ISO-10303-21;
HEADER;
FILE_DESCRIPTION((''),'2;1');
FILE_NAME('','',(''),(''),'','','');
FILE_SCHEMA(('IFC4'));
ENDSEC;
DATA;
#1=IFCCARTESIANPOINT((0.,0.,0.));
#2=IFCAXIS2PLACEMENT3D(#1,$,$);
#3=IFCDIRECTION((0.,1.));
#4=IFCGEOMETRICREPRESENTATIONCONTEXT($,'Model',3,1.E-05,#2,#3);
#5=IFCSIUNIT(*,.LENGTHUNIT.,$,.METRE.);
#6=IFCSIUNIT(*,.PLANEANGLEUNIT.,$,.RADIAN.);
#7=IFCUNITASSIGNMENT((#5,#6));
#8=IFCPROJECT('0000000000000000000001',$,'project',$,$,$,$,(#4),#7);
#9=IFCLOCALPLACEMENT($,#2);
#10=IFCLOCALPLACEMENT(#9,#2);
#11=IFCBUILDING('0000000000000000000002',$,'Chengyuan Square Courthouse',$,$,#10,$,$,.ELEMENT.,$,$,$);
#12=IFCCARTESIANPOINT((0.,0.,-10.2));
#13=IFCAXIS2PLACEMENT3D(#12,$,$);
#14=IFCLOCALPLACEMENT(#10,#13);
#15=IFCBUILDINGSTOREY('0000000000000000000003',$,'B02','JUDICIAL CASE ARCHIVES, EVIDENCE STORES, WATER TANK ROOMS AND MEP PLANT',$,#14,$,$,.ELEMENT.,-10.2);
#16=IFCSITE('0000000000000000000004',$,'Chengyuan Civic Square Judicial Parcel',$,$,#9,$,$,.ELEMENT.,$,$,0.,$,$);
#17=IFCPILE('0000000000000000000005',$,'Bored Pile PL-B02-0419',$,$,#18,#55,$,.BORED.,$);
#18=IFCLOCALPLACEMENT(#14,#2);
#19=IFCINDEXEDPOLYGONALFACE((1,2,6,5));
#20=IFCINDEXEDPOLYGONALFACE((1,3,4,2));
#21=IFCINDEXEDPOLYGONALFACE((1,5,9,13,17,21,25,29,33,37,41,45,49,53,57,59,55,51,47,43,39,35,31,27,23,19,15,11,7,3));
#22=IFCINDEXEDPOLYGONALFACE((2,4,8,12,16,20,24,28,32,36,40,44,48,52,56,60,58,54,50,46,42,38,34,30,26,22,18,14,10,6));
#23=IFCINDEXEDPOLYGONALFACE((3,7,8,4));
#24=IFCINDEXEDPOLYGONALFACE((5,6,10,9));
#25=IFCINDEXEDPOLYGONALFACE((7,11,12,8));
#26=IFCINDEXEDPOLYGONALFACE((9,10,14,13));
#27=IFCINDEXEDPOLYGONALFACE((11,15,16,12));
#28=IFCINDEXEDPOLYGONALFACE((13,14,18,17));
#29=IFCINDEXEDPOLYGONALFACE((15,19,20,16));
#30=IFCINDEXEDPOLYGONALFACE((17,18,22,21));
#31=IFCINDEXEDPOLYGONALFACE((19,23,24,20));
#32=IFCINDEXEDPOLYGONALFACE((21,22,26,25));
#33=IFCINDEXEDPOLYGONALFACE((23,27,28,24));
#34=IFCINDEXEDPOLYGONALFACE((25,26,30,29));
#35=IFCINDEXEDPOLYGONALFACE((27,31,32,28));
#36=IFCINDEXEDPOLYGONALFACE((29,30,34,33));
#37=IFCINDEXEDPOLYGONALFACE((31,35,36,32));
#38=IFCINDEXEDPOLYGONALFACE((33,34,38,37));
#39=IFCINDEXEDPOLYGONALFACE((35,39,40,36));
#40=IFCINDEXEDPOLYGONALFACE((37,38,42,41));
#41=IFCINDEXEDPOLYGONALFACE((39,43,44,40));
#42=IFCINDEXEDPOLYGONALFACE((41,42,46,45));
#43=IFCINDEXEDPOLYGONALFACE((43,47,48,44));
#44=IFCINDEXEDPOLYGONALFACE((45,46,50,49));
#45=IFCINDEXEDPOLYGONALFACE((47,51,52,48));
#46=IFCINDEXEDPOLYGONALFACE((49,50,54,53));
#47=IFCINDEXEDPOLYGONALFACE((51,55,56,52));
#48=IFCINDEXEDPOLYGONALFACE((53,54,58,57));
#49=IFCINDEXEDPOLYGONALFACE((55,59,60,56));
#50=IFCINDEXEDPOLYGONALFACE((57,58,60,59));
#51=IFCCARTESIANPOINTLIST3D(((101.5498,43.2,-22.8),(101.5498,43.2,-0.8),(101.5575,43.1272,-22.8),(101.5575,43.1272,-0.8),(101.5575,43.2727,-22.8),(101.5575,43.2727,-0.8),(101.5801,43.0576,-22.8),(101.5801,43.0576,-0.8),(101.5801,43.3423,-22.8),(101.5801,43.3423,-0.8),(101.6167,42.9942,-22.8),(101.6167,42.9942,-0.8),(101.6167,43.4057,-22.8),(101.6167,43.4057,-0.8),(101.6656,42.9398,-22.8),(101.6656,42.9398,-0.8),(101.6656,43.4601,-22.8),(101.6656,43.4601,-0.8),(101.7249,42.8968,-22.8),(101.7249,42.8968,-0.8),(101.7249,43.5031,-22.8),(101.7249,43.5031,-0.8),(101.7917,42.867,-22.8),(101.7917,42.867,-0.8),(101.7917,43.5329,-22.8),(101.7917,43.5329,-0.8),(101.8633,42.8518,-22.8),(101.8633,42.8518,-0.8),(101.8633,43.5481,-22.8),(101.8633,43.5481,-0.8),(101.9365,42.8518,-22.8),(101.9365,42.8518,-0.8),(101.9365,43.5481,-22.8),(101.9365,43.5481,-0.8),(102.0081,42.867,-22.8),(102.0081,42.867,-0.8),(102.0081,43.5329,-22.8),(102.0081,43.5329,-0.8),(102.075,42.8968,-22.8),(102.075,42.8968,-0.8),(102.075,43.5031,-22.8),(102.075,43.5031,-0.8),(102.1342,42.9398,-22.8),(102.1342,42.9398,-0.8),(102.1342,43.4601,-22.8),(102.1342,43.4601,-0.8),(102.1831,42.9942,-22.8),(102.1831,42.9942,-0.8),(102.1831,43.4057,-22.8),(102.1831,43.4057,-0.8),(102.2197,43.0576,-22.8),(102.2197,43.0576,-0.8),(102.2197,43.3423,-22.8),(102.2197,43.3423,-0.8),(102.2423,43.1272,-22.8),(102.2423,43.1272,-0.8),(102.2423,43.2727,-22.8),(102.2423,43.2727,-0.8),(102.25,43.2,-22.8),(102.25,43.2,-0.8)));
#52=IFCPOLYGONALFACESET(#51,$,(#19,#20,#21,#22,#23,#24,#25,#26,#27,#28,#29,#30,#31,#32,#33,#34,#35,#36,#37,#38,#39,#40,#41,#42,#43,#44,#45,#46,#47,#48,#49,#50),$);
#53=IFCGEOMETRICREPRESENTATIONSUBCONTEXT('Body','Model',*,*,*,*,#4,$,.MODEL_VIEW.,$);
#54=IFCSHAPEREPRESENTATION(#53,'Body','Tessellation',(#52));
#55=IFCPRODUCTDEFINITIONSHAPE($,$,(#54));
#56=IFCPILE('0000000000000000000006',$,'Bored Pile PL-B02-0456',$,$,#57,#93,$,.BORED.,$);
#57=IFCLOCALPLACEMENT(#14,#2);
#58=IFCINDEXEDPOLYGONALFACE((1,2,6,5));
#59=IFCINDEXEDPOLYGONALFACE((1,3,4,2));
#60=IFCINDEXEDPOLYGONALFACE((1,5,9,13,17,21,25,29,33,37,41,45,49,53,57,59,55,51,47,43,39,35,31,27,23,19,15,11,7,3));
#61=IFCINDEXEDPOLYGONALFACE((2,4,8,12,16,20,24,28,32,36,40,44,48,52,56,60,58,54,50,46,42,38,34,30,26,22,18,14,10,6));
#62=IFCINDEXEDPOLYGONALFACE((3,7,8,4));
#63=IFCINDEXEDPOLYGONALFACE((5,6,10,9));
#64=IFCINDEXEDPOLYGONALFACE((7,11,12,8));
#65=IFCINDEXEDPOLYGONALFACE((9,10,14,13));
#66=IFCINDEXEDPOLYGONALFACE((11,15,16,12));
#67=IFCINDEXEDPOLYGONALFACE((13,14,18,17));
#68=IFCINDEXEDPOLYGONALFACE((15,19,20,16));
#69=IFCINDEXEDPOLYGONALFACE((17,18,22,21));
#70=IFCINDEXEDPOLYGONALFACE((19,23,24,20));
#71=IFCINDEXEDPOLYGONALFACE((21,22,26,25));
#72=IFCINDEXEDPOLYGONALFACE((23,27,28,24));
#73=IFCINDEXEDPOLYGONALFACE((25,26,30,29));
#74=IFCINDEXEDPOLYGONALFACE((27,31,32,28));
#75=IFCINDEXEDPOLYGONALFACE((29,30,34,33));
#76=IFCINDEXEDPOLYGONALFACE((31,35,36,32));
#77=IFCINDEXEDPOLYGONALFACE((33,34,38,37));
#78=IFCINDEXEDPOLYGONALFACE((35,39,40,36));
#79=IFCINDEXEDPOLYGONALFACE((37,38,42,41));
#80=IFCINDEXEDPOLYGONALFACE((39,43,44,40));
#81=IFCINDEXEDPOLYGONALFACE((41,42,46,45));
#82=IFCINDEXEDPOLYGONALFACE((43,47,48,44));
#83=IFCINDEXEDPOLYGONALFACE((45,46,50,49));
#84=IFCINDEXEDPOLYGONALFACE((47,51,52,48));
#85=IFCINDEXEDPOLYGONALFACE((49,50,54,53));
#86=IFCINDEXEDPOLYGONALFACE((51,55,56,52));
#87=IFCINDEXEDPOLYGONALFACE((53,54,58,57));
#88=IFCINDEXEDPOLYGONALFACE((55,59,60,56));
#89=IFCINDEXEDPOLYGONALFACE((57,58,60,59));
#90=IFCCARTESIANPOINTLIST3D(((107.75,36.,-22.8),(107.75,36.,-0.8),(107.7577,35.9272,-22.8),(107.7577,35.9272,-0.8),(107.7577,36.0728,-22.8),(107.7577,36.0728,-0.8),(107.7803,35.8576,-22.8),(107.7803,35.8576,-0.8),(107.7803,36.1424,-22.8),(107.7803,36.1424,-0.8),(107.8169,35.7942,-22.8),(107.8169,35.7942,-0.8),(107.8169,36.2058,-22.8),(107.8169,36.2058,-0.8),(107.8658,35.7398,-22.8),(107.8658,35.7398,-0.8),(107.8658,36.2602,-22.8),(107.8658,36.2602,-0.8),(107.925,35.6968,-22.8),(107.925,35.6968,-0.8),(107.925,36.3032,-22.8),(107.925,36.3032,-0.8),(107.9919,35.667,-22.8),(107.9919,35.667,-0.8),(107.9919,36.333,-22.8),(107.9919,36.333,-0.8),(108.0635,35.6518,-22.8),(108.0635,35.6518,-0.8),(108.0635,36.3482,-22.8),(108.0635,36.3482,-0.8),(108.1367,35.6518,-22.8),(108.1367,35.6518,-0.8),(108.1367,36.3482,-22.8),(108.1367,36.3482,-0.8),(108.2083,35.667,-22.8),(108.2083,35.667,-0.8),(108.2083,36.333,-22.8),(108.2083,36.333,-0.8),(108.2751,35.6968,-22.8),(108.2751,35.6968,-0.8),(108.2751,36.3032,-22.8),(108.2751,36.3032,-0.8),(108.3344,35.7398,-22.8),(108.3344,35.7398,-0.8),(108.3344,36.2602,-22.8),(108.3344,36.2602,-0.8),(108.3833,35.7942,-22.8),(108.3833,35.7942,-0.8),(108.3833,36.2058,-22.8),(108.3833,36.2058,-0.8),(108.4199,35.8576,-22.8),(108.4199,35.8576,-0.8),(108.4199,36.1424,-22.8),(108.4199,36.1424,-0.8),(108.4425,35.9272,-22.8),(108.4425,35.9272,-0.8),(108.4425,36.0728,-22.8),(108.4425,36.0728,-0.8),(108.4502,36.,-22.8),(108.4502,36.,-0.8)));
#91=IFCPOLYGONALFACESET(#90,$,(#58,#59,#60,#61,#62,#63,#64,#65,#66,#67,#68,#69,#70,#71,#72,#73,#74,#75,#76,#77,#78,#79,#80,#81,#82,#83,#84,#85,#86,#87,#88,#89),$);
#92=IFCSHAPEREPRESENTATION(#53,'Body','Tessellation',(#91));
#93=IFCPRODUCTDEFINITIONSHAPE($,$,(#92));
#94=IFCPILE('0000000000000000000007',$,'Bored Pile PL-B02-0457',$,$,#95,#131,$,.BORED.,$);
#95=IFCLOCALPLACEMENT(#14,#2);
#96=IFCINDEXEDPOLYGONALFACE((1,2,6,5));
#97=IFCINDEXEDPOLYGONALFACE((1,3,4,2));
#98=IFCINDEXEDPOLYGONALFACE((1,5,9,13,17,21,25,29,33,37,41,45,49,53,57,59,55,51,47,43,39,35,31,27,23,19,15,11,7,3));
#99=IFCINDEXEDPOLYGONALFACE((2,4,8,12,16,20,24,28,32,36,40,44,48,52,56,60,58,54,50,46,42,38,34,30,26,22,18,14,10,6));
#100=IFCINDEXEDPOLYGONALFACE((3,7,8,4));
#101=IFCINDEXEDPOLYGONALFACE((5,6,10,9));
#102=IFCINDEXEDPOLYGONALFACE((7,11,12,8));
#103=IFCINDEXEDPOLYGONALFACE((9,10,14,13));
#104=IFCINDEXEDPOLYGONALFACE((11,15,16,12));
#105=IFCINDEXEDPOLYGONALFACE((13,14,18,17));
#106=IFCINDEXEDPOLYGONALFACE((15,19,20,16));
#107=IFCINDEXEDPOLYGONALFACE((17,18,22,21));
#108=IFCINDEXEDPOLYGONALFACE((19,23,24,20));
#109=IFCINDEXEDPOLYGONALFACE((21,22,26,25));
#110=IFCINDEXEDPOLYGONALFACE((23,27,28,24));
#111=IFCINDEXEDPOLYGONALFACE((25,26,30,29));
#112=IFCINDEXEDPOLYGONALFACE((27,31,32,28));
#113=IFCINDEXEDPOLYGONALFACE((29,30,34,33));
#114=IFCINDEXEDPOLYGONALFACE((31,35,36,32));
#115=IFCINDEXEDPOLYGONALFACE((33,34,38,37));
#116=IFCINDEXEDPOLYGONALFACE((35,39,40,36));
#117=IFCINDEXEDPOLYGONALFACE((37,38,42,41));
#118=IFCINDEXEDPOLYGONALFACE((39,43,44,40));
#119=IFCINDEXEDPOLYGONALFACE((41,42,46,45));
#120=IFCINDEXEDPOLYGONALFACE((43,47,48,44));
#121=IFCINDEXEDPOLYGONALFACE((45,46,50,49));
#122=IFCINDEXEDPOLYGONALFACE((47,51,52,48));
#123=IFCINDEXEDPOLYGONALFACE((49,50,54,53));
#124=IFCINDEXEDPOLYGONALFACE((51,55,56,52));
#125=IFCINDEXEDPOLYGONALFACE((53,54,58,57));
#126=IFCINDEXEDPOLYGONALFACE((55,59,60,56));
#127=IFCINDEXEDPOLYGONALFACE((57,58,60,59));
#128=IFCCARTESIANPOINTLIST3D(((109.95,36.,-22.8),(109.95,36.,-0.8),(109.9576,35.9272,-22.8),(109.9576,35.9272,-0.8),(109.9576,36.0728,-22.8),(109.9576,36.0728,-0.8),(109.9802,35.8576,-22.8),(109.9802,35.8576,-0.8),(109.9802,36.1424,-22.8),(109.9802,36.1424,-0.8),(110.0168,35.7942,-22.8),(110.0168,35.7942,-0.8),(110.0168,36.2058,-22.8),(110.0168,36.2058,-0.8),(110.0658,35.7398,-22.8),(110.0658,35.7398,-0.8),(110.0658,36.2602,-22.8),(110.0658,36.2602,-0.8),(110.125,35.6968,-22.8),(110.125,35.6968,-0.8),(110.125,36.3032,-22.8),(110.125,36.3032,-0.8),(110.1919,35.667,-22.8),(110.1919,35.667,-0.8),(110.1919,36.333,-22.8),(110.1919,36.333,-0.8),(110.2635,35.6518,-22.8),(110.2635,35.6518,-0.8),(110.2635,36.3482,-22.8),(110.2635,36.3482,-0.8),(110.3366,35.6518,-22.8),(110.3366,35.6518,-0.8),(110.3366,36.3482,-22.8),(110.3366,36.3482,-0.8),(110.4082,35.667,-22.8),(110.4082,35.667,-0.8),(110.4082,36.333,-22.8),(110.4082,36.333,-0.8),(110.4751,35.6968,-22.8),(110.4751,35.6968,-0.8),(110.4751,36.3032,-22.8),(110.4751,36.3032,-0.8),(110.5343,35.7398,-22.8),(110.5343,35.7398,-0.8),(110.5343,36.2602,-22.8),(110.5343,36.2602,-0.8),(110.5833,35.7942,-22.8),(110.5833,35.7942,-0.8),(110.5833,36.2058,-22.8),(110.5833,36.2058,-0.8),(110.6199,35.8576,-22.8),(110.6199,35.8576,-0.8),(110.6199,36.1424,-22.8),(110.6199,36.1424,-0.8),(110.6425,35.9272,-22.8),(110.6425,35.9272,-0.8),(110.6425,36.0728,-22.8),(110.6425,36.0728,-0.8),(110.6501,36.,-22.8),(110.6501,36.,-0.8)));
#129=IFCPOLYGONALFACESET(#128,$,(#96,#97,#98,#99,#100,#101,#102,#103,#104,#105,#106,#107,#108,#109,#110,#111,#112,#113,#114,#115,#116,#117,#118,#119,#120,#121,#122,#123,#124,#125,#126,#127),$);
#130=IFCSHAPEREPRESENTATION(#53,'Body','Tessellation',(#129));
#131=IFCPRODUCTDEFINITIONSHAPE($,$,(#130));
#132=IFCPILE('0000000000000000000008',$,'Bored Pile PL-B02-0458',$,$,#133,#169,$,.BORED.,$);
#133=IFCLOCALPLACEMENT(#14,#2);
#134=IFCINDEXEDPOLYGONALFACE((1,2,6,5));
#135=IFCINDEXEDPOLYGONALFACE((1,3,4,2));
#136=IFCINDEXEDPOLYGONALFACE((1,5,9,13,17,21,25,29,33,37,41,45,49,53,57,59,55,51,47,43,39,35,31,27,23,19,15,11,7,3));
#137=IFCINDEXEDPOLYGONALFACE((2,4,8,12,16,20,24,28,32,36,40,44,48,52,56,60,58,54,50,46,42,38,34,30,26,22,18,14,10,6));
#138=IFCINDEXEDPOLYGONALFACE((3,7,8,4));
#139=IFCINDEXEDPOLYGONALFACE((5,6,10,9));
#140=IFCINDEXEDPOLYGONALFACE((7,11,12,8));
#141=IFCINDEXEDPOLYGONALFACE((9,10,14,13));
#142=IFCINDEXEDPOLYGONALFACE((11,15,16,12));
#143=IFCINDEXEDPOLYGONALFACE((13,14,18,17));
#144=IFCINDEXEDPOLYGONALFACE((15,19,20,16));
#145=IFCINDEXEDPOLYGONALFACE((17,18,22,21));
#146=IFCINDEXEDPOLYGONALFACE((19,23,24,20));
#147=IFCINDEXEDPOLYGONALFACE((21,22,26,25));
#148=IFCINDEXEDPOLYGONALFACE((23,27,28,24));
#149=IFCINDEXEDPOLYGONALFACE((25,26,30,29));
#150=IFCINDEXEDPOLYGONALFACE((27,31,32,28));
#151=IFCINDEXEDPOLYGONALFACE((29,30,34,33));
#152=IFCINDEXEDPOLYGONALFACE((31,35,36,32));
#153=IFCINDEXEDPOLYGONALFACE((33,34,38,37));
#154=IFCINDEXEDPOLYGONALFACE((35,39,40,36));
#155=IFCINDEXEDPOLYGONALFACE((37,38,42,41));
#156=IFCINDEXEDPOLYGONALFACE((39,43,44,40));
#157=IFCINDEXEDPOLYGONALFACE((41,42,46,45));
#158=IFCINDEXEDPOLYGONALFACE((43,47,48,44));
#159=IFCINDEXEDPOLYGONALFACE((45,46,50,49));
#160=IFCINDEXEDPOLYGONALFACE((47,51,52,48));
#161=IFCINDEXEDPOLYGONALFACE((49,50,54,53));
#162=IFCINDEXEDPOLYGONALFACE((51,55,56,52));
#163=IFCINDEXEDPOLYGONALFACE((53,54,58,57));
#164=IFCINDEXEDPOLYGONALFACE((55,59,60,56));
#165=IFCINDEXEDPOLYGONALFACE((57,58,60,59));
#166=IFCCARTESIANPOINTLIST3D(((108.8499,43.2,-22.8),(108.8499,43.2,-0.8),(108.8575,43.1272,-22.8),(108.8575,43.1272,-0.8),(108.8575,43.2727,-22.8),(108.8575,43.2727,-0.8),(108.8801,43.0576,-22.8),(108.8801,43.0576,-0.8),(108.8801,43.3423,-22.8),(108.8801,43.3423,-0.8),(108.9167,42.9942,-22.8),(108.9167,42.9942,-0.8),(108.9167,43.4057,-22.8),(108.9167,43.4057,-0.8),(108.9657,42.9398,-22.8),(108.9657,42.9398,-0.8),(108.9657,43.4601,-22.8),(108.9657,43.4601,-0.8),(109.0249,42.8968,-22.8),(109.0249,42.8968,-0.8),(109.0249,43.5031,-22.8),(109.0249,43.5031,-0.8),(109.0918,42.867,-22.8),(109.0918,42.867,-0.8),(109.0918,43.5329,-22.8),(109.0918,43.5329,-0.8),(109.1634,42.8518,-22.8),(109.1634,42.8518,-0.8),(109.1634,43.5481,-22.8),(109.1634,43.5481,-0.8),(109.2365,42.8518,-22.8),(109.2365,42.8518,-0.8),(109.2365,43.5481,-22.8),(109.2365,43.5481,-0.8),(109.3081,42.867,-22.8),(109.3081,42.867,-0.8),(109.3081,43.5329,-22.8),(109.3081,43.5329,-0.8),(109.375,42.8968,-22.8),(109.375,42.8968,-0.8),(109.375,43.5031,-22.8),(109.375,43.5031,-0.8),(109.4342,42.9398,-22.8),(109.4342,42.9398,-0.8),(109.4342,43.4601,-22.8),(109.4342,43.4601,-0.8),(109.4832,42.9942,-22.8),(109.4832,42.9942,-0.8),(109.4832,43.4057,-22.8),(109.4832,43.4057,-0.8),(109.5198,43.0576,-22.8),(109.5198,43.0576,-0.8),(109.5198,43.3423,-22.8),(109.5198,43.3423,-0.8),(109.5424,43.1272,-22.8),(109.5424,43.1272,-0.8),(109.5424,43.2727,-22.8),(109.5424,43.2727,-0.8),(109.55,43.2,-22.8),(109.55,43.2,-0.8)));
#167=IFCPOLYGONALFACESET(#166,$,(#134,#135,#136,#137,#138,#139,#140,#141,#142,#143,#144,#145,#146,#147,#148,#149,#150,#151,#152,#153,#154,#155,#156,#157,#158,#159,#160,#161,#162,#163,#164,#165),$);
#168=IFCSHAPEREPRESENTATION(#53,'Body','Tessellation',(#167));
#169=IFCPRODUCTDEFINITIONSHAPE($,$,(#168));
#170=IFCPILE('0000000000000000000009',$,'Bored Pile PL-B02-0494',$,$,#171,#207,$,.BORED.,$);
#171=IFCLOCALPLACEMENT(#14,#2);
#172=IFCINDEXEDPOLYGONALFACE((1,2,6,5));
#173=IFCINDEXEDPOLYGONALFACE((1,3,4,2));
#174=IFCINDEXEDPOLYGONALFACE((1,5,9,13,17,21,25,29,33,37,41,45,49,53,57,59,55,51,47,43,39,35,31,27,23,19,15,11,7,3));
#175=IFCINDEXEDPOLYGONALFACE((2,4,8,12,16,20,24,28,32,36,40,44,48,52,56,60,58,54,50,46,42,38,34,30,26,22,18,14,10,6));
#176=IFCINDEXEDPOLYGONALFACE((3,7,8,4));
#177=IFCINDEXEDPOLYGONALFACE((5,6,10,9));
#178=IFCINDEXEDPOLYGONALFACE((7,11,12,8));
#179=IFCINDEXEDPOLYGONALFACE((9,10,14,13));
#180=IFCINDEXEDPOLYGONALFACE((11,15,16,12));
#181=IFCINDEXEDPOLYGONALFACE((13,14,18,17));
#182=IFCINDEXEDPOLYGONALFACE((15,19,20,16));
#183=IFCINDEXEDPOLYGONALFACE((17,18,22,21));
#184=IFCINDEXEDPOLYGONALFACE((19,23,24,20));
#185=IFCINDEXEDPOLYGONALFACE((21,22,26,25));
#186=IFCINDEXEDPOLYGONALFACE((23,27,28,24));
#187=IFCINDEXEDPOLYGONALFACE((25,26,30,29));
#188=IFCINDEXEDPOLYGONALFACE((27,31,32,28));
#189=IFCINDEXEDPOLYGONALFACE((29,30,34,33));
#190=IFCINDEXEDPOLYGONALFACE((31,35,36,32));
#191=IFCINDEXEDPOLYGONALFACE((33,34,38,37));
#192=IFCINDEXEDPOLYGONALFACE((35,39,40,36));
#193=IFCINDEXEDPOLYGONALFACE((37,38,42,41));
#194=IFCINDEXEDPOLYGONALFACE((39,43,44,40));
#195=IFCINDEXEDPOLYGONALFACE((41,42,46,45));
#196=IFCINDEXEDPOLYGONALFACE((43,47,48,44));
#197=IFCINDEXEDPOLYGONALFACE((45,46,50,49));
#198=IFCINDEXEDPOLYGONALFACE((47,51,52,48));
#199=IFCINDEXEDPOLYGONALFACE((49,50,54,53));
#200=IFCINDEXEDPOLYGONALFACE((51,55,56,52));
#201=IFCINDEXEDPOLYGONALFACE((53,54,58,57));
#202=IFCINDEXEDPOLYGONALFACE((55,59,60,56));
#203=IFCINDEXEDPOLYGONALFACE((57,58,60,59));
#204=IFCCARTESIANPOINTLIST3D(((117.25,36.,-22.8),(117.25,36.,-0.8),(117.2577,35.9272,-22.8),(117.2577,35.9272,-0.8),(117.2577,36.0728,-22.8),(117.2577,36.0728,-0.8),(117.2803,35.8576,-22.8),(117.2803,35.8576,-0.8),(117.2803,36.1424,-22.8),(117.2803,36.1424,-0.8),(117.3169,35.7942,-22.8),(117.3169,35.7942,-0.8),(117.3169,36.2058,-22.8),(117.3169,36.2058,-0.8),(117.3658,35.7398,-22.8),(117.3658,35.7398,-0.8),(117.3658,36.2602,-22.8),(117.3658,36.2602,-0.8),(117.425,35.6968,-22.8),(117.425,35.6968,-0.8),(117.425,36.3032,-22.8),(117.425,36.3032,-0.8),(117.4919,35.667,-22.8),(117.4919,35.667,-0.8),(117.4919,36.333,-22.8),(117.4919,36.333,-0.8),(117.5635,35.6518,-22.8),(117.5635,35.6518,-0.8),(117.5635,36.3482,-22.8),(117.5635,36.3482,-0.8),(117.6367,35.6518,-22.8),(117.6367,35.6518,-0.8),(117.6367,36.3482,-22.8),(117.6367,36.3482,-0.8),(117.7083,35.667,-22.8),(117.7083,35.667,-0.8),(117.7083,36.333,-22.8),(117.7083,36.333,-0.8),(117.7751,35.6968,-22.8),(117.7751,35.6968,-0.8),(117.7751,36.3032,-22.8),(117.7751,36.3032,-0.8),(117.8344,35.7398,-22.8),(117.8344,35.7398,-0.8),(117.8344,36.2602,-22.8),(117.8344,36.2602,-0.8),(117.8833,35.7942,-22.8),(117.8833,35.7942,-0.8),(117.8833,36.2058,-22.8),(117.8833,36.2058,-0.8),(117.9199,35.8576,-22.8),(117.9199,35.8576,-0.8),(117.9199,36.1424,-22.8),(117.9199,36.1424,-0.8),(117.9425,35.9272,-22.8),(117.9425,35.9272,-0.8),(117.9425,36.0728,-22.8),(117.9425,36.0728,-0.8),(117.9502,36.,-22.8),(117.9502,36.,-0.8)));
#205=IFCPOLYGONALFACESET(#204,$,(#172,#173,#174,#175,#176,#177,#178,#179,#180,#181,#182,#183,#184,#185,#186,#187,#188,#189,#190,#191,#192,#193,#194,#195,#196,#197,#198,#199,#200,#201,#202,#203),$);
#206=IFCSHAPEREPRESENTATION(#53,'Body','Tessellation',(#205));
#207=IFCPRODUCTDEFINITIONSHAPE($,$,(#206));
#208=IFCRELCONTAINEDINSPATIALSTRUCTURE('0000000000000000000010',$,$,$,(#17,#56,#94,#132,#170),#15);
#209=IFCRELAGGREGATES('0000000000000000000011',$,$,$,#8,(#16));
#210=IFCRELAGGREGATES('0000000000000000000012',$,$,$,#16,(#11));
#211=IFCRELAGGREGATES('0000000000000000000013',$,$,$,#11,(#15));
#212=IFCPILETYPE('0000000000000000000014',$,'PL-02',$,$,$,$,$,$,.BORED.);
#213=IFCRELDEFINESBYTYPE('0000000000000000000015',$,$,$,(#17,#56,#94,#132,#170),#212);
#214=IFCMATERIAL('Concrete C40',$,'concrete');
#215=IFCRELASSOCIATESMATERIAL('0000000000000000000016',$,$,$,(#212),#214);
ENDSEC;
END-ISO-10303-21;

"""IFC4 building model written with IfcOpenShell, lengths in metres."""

from ifc_helpers import new_model, si_unit, direction, frame, origin, origin_2d, place, context, subcontext, project, spatial, circle, extrude, material, material_profile, profile_set, type_object, element, save


model = new_model("IFC4")

# Units and contexts
model_context = context("Model", 3, precision=1e-05, world=origin(), true_north=direction((0.0, 1.0)))
body_context = subcontext(model_context, "Body", "Model", "MODEL_VIEW")
ifc_project = project(units=[si_unit("LENGTHUNIT", "METRE"), si_unit("PLANEANGLEUNIT", "RADIAN")], contexts=[model_context])

# Site, building, storey
site_placement = place(None, origin())
site = spatial("IfcSite", under=ifc_project, at=site_placement, Name="Chengyuan Civic Square Judicial Parcel", CompositionType="ELEMENT", RefElevation=0.0)
building_placement = place(site_placement, origin())
building = spatial("IfcBuilding", under=site, at=building_placement, Name="Chengyuan Square Courthouse", CompositionType="ELEMENT")
storey_placement = place(building_placement, frame((0.0, 0.0, -10.2)))
storey = spatial("IfcBuildingStorey", under=building, at=storey_placement, Name="B02", Description="JUDICIAL CASE ARCHIVES, EVIDENCE STORES, WATER TANK ROOMS AND MEP PLANT", CompositionType="ELEMENT", Elevation=-10.2)

# Shared definitions
ifc_material_1 = material(Name="Concrete C40", Category="concrete")

# Piles
ifc_material_profile_1 = material_profile(ifc_material_1, circle(Radius=0.3501, at=origin_2d()), Name="BORED PILE D700")
ifc_profile_set_1 = profile_set([ifc_material_profile_1], Name="Concrete C40")
pile_type = type_object("IfcPileType", Name="PL-02", PredefinedType="BORED", material=ifc_profile_set_1)
for number, where, z_axis, x_axis, name in (
    (1, (101.8999, 43.2, -0.8), (0.0, 0.0, -1.0), (1.0, 0.0, 0.0), "Bored Pile PL-B02-0419"),
    (2, (108.1001, 36.0, -0.8), (0.0, 0.0, -1.0), (1.0, 0.0, 0.0), "Bored Pile PL-B02-0456"),
    (3, (110.3, 36.0, -0.8), (0.0, 0.0, -1.0), (1.0, 0.0, 0.0), "Bored Pile PL-B02-0457"),
    (4, (109.2, 43.2, -0.8), (0.0, 0.0, -1.0), (1.0, 0.0, 0.0), "Bored Pile PL-B02-0458"),
    (5, (117.6001, 36.0, -0.8), (0.0, 0.0, -1.0), (1.0, 0.0, 0.0), "Bored Pile PL-B02-0494"),
):
    element("IfcPile", number, at=place(storey_placement, frame(where, z_axis=z_axis, x_axis=x_axis)), inside=storey, type_object=pile_type, Name=name, PredefinedType="BORED", context=body_context, shape_type="SweptSolid", body=[
        extrude(circle(Radius=0.3501, at=origin_2d()), origin(), (0.0, 0.0, 1.0), 22.0),
    ])

save(model, "model.ifc")
